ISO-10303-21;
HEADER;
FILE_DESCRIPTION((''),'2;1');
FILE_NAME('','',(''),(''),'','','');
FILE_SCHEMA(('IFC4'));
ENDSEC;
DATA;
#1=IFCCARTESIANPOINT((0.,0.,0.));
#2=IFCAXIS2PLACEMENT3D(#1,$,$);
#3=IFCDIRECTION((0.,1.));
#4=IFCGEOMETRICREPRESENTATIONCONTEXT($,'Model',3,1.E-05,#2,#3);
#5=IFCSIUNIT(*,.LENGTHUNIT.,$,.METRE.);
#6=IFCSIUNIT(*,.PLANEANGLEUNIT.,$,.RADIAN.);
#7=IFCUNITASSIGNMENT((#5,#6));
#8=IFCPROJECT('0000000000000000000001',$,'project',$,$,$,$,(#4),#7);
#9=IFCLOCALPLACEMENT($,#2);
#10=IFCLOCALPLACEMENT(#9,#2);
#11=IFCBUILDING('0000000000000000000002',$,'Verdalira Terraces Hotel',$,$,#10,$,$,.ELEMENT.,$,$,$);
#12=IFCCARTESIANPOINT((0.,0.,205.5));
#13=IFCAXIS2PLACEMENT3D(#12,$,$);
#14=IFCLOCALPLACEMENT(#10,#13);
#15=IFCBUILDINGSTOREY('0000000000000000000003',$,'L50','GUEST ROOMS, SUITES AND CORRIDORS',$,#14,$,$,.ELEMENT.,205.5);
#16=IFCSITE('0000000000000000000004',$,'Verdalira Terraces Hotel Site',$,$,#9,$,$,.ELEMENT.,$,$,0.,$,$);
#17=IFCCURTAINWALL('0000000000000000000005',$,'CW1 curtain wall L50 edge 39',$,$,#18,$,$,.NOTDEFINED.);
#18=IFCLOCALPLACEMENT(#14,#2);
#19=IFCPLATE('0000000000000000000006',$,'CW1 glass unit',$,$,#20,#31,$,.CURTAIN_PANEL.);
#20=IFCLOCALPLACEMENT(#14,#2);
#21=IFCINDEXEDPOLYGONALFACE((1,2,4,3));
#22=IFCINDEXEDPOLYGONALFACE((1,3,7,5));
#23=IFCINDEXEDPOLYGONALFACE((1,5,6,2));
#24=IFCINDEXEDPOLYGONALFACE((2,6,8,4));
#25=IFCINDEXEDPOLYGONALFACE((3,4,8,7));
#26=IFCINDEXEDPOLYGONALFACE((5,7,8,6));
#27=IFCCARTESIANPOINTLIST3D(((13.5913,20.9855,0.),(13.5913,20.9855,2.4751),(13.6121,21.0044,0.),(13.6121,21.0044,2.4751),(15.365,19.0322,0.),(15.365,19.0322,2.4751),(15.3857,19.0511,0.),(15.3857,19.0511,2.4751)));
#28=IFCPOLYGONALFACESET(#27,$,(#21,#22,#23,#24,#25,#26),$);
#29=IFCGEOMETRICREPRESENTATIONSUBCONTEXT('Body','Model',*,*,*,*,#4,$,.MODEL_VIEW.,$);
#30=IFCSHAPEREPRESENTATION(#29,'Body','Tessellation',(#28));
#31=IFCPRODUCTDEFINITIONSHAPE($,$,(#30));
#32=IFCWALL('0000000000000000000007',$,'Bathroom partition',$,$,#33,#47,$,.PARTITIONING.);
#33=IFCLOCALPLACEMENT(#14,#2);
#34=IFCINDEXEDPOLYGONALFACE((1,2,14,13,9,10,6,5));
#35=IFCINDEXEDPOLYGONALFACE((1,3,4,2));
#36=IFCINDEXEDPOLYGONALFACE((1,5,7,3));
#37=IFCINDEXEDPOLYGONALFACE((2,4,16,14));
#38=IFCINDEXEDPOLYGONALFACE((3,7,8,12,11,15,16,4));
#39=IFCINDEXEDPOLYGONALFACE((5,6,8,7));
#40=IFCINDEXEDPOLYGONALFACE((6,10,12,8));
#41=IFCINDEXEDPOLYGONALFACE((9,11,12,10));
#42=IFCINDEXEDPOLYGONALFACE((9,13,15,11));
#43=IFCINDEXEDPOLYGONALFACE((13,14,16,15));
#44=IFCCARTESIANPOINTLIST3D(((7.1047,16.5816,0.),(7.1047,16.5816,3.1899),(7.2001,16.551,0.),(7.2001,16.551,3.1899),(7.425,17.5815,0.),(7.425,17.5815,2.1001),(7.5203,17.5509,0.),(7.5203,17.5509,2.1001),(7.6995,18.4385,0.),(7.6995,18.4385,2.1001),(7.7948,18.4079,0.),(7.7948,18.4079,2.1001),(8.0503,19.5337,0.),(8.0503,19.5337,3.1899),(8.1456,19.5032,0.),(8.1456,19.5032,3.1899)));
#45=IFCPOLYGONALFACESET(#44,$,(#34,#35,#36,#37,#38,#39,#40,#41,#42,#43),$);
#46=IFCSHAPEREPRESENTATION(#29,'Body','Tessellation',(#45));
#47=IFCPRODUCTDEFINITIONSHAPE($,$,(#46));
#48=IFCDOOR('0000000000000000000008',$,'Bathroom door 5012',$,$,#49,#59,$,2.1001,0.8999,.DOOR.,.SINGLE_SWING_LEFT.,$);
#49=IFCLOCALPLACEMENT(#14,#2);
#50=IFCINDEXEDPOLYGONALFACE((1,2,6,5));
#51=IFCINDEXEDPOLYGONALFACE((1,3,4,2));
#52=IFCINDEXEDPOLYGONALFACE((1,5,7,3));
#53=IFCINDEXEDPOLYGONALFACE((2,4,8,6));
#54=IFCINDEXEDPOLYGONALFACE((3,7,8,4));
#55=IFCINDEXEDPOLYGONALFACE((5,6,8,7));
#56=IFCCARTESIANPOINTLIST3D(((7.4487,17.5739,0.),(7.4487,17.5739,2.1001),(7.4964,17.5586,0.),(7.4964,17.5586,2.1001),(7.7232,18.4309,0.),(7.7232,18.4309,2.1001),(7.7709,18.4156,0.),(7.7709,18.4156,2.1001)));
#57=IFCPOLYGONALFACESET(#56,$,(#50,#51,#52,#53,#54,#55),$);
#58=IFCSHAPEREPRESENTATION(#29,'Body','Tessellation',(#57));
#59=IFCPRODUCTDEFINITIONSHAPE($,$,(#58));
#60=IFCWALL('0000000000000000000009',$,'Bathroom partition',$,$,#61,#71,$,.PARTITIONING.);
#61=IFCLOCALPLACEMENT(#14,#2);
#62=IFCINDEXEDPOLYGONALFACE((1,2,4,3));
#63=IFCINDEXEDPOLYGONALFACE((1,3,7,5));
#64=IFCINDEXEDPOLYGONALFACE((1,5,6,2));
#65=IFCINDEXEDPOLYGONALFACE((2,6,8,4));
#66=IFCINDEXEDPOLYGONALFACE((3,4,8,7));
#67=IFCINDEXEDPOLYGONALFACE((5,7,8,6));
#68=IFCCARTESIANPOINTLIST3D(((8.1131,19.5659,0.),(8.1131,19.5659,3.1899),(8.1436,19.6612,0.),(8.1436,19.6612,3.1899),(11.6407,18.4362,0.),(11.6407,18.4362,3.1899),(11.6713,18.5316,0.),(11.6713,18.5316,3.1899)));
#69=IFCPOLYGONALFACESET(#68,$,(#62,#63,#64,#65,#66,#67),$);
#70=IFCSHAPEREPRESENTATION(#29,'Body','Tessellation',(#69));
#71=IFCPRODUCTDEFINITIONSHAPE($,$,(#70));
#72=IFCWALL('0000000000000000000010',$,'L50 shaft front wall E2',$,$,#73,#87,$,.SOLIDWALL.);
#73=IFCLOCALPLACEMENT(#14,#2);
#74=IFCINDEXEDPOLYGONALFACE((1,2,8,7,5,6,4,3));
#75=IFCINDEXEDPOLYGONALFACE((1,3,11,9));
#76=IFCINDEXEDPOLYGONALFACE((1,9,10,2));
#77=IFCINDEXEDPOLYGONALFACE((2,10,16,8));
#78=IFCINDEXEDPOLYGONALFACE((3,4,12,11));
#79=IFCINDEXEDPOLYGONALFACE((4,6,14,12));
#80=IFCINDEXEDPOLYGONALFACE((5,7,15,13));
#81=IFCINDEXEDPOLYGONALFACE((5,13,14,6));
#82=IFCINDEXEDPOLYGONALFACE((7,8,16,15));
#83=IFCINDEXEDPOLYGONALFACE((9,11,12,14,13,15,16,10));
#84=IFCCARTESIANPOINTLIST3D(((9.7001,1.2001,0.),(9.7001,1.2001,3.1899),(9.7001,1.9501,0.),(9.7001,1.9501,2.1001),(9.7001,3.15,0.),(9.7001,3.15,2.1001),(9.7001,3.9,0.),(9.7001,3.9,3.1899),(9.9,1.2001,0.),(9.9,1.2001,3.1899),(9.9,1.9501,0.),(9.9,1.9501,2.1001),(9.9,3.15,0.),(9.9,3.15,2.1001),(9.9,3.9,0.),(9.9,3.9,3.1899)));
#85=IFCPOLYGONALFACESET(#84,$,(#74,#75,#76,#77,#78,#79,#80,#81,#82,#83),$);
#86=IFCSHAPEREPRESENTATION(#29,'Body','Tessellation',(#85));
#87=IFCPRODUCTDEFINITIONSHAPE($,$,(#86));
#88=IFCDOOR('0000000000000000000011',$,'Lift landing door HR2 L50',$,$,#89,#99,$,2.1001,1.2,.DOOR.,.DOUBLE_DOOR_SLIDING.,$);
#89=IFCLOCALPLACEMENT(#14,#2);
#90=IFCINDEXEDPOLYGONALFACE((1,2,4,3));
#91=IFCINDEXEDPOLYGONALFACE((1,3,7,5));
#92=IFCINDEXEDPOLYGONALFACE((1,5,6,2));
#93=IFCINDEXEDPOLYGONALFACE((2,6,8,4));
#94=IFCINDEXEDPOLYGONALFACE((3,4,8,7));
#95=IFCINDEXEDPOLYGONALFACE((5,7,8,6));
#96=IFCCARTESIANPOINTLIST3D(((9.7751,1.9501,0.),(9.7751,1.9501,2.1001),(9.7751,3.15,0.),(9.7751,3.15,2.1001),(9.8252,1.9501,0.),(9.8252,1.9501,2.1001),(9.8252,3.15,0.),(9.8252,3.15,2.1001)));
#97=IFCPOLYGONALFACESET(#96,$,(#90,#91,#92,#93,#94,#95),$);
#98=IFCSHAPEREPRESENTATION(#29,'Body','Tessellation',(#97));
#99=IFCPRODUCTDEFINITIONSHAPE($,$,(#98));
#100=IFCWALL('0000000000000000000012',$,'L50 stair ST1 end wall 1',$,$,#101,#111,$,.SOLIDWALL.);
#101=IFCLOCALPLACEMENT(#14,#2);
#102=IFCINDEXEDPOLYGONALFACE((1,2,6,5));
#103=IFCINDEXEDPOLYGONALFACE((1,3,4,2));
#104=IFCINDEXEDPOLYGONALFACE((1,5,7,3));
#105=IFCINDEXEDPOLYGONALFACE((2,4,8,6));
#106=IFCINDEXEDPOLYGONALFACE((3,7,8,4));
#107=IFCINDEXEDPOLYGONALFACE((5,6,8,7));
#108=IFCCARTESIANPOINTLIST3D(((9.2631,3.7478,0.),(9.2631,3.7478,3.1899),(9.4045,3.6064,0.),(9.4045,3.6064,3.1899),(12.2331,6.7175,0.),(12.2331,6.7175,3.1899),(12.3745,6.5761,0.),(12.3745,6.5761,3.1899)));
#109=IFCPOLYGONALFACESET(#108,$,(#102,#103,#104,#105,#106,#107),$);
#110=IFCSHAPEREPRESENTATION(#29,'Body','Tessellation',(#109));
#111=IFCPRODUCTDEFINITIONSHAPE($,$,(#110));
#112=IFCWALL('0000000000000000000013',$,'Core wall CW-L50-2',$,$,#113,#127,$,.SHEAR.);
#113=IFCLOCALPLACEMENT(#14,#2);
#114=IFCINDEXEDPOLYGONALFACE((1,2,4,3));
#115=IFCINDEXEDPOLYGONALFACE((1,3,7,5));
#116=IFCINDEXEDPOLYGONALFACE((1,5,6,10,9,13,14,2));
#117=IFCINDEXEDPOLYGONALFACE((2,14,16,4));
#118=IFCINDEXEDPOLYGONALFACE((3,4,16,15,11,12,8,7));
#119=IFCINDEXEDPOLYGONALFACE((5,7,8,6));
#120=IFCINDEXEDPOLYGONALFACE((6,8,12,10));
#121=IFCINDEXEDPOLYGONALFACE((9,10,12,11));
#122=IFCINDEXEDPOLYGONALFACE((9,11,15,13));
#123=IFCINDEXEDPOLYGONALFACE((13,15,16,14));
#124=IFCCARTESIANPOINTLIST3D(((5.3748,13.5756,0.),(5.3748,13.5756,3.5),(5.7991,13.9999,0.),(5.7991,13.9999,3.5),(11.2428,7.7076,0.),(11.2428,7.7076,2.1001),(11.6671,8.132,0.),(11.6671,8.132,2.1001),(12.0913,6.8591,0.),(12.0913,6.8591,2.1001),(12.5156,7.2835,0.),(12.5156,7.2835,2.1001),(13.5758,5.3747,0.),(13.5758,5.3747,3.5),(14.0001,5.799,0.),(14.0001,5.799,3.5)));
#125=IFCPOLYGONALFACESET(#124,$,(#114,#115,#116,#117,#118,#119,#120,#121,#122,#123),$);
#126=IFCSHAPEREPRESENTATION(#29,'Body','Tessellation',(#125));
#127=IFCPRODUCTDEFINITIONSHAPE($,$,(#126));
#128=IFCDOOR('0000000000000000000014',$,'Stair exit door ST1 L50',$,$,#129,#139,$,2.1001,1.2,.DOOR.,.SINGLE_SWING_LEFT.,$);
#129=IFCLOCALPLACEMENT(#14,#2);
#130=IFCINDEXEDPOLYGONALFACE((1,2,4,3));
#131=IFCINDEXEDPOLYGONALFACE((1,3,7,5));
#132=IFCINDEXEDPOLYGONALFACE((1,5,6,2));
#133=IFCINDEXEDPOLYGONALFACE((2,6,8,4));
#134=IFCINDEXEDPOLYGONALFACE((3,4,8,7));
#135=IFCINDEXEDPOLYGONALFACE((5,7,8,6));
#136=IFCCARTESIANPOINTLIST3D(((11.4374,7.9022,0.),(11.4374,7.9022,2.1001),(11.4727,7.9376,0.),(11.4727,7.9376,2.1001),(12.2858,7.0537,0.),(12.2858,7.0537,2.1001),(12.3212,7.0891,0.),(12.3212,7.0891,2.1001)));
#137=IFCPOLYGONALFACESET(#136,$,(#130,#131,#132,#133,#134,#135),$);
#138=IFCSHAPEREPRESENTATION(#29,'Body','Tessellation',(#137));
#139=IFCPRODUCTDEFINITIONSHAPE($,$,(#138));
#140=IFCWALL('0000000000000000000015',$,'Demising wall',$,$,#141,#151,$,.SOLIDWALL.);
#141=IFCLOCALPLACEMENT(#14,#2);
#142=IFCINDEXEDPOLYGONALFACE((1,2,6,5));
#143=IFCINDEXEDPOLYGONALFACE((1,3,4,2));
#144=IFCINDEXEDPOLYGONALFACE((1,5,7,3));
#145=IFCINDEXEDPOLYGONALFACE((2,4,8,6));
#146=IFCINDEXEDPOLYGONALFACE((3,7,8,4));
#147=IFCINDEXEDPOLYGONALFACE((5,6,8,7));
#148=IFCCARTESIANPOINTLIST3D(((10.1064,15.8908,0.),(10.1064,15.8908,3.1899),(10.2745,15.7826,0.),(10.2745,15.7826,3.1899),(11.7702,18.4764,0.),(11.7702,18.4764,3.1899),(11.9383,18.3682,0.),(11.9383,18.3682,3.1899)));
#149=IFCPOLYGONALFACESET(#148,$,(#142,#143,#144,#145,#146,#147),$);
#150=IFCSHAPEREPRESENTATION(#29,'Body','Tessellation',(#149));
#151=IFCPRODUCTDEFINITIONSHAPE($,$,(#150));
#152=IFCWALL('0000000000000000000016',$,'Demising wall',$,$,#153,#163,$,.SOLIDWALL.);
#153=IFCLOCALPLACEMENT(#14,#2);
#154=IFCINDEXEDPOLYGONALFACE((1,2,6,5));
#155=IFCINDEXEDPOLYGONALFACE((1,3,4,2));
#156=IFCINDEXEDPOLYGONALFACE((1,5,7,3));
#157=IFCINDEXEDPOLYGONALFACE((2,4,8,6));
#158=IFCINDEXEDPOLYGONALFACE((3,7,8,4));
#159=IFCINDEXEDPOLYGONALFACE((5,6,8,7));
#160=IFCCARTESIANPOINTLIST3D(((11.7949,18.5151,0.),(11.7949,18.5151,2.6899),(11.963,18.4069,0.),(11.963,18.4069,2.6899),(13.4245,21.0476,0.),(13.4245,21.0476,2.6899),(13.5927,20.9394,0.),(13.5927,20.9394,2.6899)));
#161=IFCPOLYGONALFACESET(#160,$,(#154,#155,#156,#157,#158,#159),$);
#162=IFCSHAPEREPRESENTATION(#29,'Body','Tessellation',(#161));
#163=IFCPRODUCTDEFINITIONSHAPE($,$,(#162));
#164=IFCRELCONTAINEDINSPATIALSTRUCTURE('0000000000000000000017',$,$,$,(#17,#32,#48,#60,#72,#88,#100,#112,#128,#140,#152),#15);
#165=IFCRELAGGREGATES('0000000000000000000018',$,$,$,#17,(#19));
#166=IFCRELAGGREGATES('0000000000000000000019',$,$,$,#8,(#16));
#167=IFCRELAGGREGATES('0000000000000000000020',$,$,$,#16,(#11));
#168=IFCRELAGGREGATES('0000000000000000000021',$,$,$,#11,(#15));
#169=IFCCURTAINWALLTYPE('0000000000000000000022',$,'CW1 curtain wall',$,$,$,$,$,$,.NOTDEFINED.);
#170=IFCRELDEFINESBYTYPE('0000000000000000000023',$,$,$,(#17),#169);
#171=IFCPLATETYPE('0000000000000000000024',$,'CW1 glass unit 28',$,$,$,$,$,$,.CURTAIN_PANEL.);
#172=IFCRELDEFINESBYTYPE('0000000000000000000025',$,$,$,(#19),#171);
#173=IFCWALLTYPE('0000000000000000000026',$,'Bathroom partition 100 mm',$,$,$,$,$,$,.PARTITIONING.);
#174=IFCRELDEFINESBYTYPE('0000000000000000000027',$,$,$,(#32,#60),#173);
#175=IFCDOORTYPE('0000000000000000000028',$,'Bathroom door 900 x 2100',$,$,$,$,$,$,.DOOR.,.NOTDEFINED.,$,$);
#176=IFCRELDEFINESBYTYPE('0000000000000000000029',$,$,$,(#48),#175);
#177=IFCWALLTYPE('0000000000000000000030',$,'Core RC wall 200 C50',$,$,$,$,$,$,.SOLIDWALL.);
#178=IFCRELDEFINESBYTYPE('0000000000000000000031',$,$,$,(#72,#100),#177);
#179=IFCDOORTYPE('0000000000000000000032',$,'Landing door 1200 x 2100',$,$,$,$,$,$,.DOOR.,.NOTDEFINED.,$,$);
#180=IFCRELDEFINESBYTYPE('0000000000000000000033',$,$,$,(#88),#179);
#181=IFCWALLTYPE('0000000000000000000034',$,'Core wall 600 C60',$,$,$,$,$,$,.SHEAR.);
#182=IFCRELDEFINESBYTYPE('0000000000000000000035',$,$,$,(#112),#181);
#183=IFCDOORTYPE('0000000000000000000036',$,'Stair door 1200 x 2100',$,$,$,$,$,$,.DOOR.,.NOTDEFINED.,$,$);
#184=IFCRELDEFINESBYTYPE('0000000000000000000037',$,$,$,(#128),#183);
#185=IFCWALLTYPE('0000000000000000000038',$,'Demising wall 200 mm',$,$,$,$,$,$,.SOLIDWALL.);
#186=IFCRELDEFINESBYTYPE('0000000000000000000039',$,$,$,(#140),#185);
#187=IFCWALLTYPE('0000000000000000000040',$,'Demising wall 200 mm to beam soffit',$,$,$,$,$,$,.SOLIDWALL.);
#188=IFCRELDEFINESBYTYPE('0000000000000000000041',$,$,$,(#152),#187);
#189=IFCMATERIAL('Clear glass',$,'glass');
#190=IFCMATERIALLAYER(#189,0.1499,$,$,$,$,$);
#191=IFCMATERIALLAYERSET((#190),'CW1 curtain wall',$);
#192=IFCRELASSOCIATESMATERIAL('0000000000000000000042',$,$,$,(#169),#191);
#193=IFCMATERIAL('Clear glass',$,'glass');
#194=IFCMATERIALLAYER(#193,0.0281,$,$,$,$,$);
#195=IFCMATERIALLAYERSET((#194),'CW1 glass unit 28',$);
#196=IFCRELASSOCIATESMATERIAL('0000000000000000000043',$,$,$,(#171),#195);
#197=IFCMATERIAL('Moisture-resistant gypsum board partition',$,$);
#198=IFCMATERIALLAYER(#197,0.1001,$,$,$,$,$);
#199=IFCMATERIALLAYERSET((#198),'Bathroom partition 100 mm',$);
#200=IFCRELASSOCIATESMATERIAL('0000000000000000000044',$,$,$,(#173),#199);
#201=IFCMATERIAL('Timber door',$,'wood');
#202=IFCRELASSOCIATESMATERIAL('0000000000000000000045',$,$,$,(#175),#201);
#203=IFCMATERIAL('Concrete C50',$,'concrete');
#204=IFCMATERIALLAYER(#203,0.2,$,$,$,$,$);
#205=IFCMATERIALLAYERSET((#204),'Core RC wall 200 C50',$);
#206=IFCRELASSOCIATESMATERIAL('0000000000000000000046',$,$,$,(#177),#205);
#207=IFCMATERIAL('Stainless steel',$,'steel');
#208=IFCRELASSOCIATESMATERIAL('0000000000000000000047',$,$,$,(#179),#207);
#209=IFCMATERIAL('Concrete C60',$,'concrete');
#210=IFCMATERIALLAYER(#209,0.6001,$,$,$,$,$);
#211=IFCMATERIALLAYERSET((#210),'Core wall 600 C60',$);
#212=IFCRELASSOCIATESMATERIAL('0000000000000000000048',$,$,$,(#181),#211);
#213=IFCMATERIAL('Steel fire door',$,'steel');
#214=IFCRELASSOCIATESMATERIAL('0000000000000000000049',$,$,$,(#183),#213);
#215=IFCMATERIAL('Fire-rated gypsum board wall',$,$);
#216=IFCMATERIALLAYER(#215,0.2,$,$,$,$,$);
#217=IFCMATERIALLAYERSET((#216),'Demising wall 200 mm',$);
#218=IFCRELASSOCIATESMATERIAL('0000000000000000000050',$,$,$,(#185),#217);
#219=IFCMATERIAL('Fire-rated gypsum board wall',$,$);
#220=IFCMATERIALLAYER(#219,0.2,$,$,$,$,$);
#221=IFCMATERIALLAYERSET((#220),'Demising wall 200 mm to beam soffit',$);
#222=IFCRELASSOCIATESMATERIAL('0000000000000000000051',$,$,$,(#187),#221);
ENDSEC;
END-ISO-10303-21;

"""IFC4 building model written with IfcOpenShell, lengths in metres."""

from ifc_helpers import new_model, si_unit, direction, frame, frame_2d, origin, origin_2d, place, context, subcontext, project, spatial, rectangle, extrude, material, layer, layer_set, type_object, element, fill, aggregate, save


model = new_model("IFC4")

# Units and contexts
model_context = context("Model", 3, precision=1e-05, world=origin(), true_north=direction((0.0, 1.0)))
body_context = subcontext(model_context, "Body", "Model", "MODEL_VIEW")
ifc_project = project(units=[si_unit("LENGTHUNIT", "METRE"), si_unit("PLANEANGLEUNIT", "RADIAN")], contexts=[model_context])

# Site, building, storey
site_placement = place(None, origin())
site = spatial("IfcSite", under=ifc_project, at=site_placement, Name="Verdalira Terraces Hotel Site", CompositionType="ELEMENT", RefElevation=0.0)
building_placement = place(site_placement, origin())
building = spatial("IfcBuilding", under=site, at=building_placement, Name="Verdalira Terraces Hotel", CompositionType="ELEMENT")
storey_placement = place(building_placement, frame((0.0, 0.0, 205.5)))
storey = spatial("IfcBuildingStorey", under=building, at=storey_placement, Name="L50", Description="GUEST ROOMS, SUITES AND CORRIDORS", CompositionType="ELEMENT", Elevation=205.5)

# Curtain wall, plate
ifc_material_1 = material(Name="Clear glass", Category="glass")
ifc_layer_1 = layer(ifc_material_1, 0.1499)
ifc_layer_set_1 = layer_set([ifc_layer_1], Name="CW1 curtain wall")
curtain_wall_type = type_object("IfcCurtainWallType", Name="CW1 curtain wall", PredefinedType="NOTDEFINED", material=ifc_layer_set_1)
curtain_wall_placement = place(storey_placement, origin())
curtain_wall = element("IfcCurtainWall", 1, at=curtain_wall_placement, inside=storey, type_object=curtain_wall_type, Name="CW1 curtain wall L50 edge 39", PredefinedType="NOTDEFINED")
ifc_material_2 = material(Name="Clear glass", Category="glass")
ifc_layer_2 = layer(ifc_material_2, 0.0281)
ifc_layer_set_2 = layer_set([ifc_layer_2], Name="CW1 glass unit 28")
plate_type = type_object("IfcPlateType", Name="CW1 glass unit 28", PredefinedType="CURTAIN_PANEL", material=ifc_layer_set_2)
plate_placement = place(storey_placement, frame((14.4885, 20.0183, 0.0), z_axis=(0.0, 0.0, 1.0), x_axis=(-0.672238, 0.740335, 0.0)))
plate = element("IfcPlate", 2, at=plate_placement, type_object=plate_type, Name="CW1 glass unit", PredefinedType="CURTAIN_PANEL", context=body_context, shape_type="SweptSolid", body=[
    extrude(rectangle(XDim=2.6384, YDim=0.0281, at=origin_2d()), origin(), (0.0, 0.0, 1.0), 2.4751),
])
aggregate(curtain_wall, [plate])

# Wall, opening, door
ifc_material_3 = material(Name="Moisture-resistant gypsum board partition")
ifc_layer_3 = layer(ifc_material_3, 0.1001)
ifc_layer_set_3 = layer_set([ifc_layer_3], Name="Bathroom partition 100 mm")
wall_type_1 = type_object("IfcWallType", Name="Bathroom partition 100 mm", PredefinedType="PARTITIONING", material=ifc_layer_set_3)
wall_1_placement = place(storey_placement, frame((8.0979, 19.5183, 0.0), z_axis=(0.0, 0.0, 1.0), x_axis=(-0.30503, -0.952343, 0.0)))
wall_1 = element("IfcWall", 3, at=wall_1_placement, inside=storey, type_object=wall_type_1, Name="Bathroom partition", PredefinedType="PARTITIONING", context=body_context, shape_type="SweptSolid", body=[
    extrude(rectangle(XDim=3.0999, YDim=0.1001, at=frame_2d((1.5498, 0.0))), origin(), (0.0, 0.0, 1.0), 3.1899),
])
opening_1_placement = place(wall_1_placement, frame((1.1499, 0.0, 0.0)))
opening_1 = element("IfcOpeningElement", 4, at=opening_1_placement, cuts=wall_1, PredefinedType="OPENING", context=body_context, shape_type="SweptSolid", body=[
    extrude(rectangle(XDim=0.8999, YDim=2.1001, at=frame_2d((0.45, 1.05))), frame((0.0, 0.0601, 0.0), z_axis=(0.0, -1.0, 0.0), x_axis=(1.0, 0.0, 0.0)), (0.0, 0.0, 1.0), 0.1201),
])
ifc_material_4 = material(Name="Timber door", Category="wood")
door_type_1 = type_object("IfcDoorType", Name="Bathroom door 900 x 2100", OperationType="NOTDEFINED", PredefinedType="DOOR", material=ifc_material_4)
door_1_placement = place(opening_1_placement, origin())
door_1 = element("IfcDoor", 5, at=door_1_placement, inside=storey, type_object=door_type_1, Name="Bathroom door 5012", OperationType="SINGLE_SWING_LEFT", OverallHeight=2.1001, OverallWidth=0.8999, PredefinedType="DOOR", context=body_context, shape_type="SweptSolid", body=[
    extrude(rectangle(XDim=0.8999, YDim=2.1001, at=frame_2d((0.45, 1.05))), frame((0.0, 0.0249, 0.0), z_axis=(0.0, -1.0, 0.0), x_axis=(1.0, 0.0, 0.0)), (0.0, 0.0, 1.0), 0.05),
])
fill(opening_1, door_1)

# Wall
wall_2_placement = place(storey_placement, frame((11.656, 18.4839, 0.0), z_axis=(0.0, 0.0, 1.0), x_axis=(-0.952361, 0.304974, 0.0)))
element("IfcWall", 6, at=wall_2_placement, inside=storey, type_object=wall_type_1, Name="Bathroom partition", PredefinedType="PARTITIONING", context=body_context, shape_type="SweptSolid", body=[
    extrude(rectangle(XDim=3.7041, YDim=0.1001, at=frame_2d((1.8521, 0.0))), origin(), (0.0, 0.0, 1.0), 3.1899),
])

# Wall, opening, door
ifc_material_5 = material(Name="Concrete C50", Category="concrete")
ifc_layer_4 = layer(ifc_material_5, 0.2)
ifc_layer_set_4 = layer_set([ifc_layer_4], Name="Core RC wall 200 C50")
wall_type_2 = type_object("IfcWallType", Name="Core RC wall 200 C50", PredefinedType="SOLIDWALL", material=ifc_layer_set_4)
wall_3_placement = place(storey_placement, frame((9.8, 1.2, 0.0), z_axis=(0.0, 0.0, 1.0), x_axis=(0.0, 1.0, 0.0)))
wall_3 = element("IfcWall", 7, at=wall_3_placement, inside=storey, type_object=wall_type_2, Name="L50 shaft front wall E2", PredefinedType="SOLIDWALL", context=body_context, shape_type="SweptSolid", body=[
    extrude(rectangle(XDim=2.7, YDim=0.2, at=frame_2d((1.3501, 0.0))), origin(), (0.0, 0.0, 1.0), 3.1899),
])
opening_2_placement = place(wall_3_placement, frame((0.75, 0.0, 0.0)))
opening_2 = element("IfcOpeningElement", 8, at=opening_2_placement, cuts=wall_3, PredefinedType="OPENING", context=body_context, shape_type="SweptSolid", body=[
    extrude(rectangle(XDim=1.2, YDim=2.1001, at=frame_2d((0.6001, 1.05))), frame((0.0, 0.1099, 0.0), z_axis=(0.0, -1.0, 0.0), x_axis=(1.0, 0.0, 0.0)), (0.0, 0.0, 1.0), 0.22),
])
ifc_material_6 = material(Name="Stainless steel", Category="steel")
door_type_2 = type_object("IfcDoorType", Name="Landing door 1200 x 2100", OperationType="NOTDEFINED", PredefinedType="DOOR", material=ifc_material_6)
door_2_placement = place(opening_2_placement, origin())
door_2 = element("IfcDoor", 9, at=door_2_placement, inside=storey, type_object=door_type_2, Name="Lift landing door HR2 L50", OperationType="DOUBLE_DOOR_SLIDING", OverallHeight=2.1001, OverallWidth=1.2, PredefinedType="DOOR", context=body_context, shape_type="SweptSolid", body=[
    extrude(rectangle(XDim=1.2, YDim=2.1001, at=frame_2d((0.6001, 1.05))), frame((0.0, 0.0249, 0.0), z_axis=(0.0, -1.0, 0.0), x_axis=(1.0, 0.0, 0.0)), (0.0, 0.0, 1.0), 0.05),
])
fill(opening_2, door_2)

# Wall
wall_4_placement = place(storey_placement, frame((9.3337, 3.677, 0.0), z_axis=(0.0, 0.0, 1.0), x_axis=(0.707136, 0.707078, 0.0)))
element("IfcWall", 10, at=wall_4_placement, inside=storey, type_object=wall_type_2, Name="L50 stair ST1 end wall 1", PredefinedType="SOLIDWALL", context=body_context, shape_type="SweptSolid", body=[
    extrude(rectangle(XDim=4.2, YDim=0.2, at=frame_2d((2.1001, 0.0))), origin(), (0.0, 0.0, 1.0), 3.1899),
])

# Wall, opening, door
ifc_material_7 = material(Name="Concrete C60", Category="concrete")
ifc_layer_5 = layer(ifc_material_7, 0.6001)
ifc_layer_set_5 = layer_set([ifc_layer_5], Name="Core wall 600 C60")
wall_type_3 = type_object("IfcWallType", Name="Core wall 600 C60", PredefinedType="SHEAR", material=ifc_layer_set_5)
wall_5_placement = place(storey_placement, frame((13.7878, 5.5869, 0.0), z_axis=(0.0, 0.0, 1.0), x_axis=(-0.707107, 0.707107, 0.0)))
wall_5 = element("IfcWall", 11, at=wall_5_placement, inside=storey, type_object=wall_type_3, Name="Core wall CW-L50-2", PredefinedType="SHEAR", context=body_context, shape_type="SweptSolid", body=[
    extrude(rectangle(XDim=11.5979, YDim=0.6001, at=frame_2d((5.7988, 0.0))), origin(), (0.0, 0.0, 1.0), 3.5),
])
opening_3_placement = place(wall_5_placement, frame((2.0991, 0.0, 0.0)))
opening_3 = element("IfcOpeningElement", 12, at=opening_3_placement, cuts=wall_5, PredefinedType="OPENING", context=body_context, shape_type="SweptSolid", body=[
    extrude(rectangle(XDim=1.2, YDim=2.1001, at=frame_2d((0.6001, 1.05))), frame((0.0, 0.3101, 0.0), z_axis=(0.0, -1.0, 0.0), x_axis=(1.0, 0.0, 0.0)), (0.0, 0.0, 1.0), 0.6201),
])
ifc_material_8 = material(Name="Steel fire door", Category="steel")
door_type_3 = type_object("IfcDoorType", Name="Stair door 1200 x 2100", OperationType="NOTDEFINED", PredefinedType="DOOR", material=ifc_material_8)
door_3_placement = place(opening_3_placement, origin())
door_3 = element("IfcDoor", 13, at=door_3_placement, inside=storey, type_object=door_type_3, Name="Stair exit door ST1 L50", OperationType="SINGLE_SWING_LEFT", OverallHeight=2.1001, OverallWidth=1.2, PredefinedType="DOOR", context=body_context, shape_type="SweptSolid", body=[
    extrude(rectangle(XDim=1.2, YDim=2.1001, at=frame_2d((0.6001, 1.05))), frame((0.0, 0.0249, 0.0), z_axis=(0.0, -1.0, 0.0), x_axis=(1.0, 0.0, 0.0)), (0.0, 0.0, 1.0), 0.05),
])
fill(opening_3, door_3)

# Walls
ifc_material_9 = material(Name="Fire-rated gypsum board wall")
ifc_layer_6 = layer(ifc_material_9, 0.2)
ifc_layer_set_6 = layer_set([ifc_layer_6], Name="Demising wall 200 mm")
wall_type_4 = type_object("IfcWallType", Name="Demising wall 200 mm", PredefinedType="SOLIDWALL", material=ifc_layer_set_6)
wall_6_placement = place(storey_placement, frame((10.1904, 15.8367, 0.0), z_axis=(0.0, 0.0, 1.0), x_axis=(0.541123, 0.840944, 0.0)))
element("IfcWall", 14, at=wall_6_placement, inside=storey, type_object=wall_type_4, Name="Demising wall", PredefinedType="SOLIDWALL", context=body_context, shape_type="SweptSolid", body=[
    extrude(rectangle(XDim=3.0747, YDim=0.2, at=frame_2d((1.5374, 0.0))), origin(), (0.0, 0.0, 1.0), 3.1899),
])
ifc_material_10 = material(Name="Fire-rated gypsum board wall")
ifc_layer_7 = layer(ifc_material_10, 0.2)
ifc_layer_set_7 = layer_set([ifc_layer_7], Name="Demising wall 200 mm to beam soffit")
wall_type_5 = type_object("IfcWallType", Name="Demising wall 200 mm to beam soffit", PredefinedType="SOLIDWALL", material=ifc_layer_set_7)
wall_7_placement = place(storey_placement, frame((11.8789, 18.4609, 0.0), z_axis=(0.0, 0.0, 1.0), x_axis=(0.541139, 0.840933, 0.0)))
element("IfcWall", 15, at=wall_7_placement, inside=storey, type_object=wall_type_5, Name="Demising wall", PredefinedType="SOLIDWALL", context=body_context, shape_type="SweptSolid", body=[
    extrude(rectangle(XDim=3.0115, YDim=0.2, at=frame_2d((1.5059, 0.0))), origin(), (0.0, 0.0, 1.0), 2.6899),
])

save(model, "model.ifc")
